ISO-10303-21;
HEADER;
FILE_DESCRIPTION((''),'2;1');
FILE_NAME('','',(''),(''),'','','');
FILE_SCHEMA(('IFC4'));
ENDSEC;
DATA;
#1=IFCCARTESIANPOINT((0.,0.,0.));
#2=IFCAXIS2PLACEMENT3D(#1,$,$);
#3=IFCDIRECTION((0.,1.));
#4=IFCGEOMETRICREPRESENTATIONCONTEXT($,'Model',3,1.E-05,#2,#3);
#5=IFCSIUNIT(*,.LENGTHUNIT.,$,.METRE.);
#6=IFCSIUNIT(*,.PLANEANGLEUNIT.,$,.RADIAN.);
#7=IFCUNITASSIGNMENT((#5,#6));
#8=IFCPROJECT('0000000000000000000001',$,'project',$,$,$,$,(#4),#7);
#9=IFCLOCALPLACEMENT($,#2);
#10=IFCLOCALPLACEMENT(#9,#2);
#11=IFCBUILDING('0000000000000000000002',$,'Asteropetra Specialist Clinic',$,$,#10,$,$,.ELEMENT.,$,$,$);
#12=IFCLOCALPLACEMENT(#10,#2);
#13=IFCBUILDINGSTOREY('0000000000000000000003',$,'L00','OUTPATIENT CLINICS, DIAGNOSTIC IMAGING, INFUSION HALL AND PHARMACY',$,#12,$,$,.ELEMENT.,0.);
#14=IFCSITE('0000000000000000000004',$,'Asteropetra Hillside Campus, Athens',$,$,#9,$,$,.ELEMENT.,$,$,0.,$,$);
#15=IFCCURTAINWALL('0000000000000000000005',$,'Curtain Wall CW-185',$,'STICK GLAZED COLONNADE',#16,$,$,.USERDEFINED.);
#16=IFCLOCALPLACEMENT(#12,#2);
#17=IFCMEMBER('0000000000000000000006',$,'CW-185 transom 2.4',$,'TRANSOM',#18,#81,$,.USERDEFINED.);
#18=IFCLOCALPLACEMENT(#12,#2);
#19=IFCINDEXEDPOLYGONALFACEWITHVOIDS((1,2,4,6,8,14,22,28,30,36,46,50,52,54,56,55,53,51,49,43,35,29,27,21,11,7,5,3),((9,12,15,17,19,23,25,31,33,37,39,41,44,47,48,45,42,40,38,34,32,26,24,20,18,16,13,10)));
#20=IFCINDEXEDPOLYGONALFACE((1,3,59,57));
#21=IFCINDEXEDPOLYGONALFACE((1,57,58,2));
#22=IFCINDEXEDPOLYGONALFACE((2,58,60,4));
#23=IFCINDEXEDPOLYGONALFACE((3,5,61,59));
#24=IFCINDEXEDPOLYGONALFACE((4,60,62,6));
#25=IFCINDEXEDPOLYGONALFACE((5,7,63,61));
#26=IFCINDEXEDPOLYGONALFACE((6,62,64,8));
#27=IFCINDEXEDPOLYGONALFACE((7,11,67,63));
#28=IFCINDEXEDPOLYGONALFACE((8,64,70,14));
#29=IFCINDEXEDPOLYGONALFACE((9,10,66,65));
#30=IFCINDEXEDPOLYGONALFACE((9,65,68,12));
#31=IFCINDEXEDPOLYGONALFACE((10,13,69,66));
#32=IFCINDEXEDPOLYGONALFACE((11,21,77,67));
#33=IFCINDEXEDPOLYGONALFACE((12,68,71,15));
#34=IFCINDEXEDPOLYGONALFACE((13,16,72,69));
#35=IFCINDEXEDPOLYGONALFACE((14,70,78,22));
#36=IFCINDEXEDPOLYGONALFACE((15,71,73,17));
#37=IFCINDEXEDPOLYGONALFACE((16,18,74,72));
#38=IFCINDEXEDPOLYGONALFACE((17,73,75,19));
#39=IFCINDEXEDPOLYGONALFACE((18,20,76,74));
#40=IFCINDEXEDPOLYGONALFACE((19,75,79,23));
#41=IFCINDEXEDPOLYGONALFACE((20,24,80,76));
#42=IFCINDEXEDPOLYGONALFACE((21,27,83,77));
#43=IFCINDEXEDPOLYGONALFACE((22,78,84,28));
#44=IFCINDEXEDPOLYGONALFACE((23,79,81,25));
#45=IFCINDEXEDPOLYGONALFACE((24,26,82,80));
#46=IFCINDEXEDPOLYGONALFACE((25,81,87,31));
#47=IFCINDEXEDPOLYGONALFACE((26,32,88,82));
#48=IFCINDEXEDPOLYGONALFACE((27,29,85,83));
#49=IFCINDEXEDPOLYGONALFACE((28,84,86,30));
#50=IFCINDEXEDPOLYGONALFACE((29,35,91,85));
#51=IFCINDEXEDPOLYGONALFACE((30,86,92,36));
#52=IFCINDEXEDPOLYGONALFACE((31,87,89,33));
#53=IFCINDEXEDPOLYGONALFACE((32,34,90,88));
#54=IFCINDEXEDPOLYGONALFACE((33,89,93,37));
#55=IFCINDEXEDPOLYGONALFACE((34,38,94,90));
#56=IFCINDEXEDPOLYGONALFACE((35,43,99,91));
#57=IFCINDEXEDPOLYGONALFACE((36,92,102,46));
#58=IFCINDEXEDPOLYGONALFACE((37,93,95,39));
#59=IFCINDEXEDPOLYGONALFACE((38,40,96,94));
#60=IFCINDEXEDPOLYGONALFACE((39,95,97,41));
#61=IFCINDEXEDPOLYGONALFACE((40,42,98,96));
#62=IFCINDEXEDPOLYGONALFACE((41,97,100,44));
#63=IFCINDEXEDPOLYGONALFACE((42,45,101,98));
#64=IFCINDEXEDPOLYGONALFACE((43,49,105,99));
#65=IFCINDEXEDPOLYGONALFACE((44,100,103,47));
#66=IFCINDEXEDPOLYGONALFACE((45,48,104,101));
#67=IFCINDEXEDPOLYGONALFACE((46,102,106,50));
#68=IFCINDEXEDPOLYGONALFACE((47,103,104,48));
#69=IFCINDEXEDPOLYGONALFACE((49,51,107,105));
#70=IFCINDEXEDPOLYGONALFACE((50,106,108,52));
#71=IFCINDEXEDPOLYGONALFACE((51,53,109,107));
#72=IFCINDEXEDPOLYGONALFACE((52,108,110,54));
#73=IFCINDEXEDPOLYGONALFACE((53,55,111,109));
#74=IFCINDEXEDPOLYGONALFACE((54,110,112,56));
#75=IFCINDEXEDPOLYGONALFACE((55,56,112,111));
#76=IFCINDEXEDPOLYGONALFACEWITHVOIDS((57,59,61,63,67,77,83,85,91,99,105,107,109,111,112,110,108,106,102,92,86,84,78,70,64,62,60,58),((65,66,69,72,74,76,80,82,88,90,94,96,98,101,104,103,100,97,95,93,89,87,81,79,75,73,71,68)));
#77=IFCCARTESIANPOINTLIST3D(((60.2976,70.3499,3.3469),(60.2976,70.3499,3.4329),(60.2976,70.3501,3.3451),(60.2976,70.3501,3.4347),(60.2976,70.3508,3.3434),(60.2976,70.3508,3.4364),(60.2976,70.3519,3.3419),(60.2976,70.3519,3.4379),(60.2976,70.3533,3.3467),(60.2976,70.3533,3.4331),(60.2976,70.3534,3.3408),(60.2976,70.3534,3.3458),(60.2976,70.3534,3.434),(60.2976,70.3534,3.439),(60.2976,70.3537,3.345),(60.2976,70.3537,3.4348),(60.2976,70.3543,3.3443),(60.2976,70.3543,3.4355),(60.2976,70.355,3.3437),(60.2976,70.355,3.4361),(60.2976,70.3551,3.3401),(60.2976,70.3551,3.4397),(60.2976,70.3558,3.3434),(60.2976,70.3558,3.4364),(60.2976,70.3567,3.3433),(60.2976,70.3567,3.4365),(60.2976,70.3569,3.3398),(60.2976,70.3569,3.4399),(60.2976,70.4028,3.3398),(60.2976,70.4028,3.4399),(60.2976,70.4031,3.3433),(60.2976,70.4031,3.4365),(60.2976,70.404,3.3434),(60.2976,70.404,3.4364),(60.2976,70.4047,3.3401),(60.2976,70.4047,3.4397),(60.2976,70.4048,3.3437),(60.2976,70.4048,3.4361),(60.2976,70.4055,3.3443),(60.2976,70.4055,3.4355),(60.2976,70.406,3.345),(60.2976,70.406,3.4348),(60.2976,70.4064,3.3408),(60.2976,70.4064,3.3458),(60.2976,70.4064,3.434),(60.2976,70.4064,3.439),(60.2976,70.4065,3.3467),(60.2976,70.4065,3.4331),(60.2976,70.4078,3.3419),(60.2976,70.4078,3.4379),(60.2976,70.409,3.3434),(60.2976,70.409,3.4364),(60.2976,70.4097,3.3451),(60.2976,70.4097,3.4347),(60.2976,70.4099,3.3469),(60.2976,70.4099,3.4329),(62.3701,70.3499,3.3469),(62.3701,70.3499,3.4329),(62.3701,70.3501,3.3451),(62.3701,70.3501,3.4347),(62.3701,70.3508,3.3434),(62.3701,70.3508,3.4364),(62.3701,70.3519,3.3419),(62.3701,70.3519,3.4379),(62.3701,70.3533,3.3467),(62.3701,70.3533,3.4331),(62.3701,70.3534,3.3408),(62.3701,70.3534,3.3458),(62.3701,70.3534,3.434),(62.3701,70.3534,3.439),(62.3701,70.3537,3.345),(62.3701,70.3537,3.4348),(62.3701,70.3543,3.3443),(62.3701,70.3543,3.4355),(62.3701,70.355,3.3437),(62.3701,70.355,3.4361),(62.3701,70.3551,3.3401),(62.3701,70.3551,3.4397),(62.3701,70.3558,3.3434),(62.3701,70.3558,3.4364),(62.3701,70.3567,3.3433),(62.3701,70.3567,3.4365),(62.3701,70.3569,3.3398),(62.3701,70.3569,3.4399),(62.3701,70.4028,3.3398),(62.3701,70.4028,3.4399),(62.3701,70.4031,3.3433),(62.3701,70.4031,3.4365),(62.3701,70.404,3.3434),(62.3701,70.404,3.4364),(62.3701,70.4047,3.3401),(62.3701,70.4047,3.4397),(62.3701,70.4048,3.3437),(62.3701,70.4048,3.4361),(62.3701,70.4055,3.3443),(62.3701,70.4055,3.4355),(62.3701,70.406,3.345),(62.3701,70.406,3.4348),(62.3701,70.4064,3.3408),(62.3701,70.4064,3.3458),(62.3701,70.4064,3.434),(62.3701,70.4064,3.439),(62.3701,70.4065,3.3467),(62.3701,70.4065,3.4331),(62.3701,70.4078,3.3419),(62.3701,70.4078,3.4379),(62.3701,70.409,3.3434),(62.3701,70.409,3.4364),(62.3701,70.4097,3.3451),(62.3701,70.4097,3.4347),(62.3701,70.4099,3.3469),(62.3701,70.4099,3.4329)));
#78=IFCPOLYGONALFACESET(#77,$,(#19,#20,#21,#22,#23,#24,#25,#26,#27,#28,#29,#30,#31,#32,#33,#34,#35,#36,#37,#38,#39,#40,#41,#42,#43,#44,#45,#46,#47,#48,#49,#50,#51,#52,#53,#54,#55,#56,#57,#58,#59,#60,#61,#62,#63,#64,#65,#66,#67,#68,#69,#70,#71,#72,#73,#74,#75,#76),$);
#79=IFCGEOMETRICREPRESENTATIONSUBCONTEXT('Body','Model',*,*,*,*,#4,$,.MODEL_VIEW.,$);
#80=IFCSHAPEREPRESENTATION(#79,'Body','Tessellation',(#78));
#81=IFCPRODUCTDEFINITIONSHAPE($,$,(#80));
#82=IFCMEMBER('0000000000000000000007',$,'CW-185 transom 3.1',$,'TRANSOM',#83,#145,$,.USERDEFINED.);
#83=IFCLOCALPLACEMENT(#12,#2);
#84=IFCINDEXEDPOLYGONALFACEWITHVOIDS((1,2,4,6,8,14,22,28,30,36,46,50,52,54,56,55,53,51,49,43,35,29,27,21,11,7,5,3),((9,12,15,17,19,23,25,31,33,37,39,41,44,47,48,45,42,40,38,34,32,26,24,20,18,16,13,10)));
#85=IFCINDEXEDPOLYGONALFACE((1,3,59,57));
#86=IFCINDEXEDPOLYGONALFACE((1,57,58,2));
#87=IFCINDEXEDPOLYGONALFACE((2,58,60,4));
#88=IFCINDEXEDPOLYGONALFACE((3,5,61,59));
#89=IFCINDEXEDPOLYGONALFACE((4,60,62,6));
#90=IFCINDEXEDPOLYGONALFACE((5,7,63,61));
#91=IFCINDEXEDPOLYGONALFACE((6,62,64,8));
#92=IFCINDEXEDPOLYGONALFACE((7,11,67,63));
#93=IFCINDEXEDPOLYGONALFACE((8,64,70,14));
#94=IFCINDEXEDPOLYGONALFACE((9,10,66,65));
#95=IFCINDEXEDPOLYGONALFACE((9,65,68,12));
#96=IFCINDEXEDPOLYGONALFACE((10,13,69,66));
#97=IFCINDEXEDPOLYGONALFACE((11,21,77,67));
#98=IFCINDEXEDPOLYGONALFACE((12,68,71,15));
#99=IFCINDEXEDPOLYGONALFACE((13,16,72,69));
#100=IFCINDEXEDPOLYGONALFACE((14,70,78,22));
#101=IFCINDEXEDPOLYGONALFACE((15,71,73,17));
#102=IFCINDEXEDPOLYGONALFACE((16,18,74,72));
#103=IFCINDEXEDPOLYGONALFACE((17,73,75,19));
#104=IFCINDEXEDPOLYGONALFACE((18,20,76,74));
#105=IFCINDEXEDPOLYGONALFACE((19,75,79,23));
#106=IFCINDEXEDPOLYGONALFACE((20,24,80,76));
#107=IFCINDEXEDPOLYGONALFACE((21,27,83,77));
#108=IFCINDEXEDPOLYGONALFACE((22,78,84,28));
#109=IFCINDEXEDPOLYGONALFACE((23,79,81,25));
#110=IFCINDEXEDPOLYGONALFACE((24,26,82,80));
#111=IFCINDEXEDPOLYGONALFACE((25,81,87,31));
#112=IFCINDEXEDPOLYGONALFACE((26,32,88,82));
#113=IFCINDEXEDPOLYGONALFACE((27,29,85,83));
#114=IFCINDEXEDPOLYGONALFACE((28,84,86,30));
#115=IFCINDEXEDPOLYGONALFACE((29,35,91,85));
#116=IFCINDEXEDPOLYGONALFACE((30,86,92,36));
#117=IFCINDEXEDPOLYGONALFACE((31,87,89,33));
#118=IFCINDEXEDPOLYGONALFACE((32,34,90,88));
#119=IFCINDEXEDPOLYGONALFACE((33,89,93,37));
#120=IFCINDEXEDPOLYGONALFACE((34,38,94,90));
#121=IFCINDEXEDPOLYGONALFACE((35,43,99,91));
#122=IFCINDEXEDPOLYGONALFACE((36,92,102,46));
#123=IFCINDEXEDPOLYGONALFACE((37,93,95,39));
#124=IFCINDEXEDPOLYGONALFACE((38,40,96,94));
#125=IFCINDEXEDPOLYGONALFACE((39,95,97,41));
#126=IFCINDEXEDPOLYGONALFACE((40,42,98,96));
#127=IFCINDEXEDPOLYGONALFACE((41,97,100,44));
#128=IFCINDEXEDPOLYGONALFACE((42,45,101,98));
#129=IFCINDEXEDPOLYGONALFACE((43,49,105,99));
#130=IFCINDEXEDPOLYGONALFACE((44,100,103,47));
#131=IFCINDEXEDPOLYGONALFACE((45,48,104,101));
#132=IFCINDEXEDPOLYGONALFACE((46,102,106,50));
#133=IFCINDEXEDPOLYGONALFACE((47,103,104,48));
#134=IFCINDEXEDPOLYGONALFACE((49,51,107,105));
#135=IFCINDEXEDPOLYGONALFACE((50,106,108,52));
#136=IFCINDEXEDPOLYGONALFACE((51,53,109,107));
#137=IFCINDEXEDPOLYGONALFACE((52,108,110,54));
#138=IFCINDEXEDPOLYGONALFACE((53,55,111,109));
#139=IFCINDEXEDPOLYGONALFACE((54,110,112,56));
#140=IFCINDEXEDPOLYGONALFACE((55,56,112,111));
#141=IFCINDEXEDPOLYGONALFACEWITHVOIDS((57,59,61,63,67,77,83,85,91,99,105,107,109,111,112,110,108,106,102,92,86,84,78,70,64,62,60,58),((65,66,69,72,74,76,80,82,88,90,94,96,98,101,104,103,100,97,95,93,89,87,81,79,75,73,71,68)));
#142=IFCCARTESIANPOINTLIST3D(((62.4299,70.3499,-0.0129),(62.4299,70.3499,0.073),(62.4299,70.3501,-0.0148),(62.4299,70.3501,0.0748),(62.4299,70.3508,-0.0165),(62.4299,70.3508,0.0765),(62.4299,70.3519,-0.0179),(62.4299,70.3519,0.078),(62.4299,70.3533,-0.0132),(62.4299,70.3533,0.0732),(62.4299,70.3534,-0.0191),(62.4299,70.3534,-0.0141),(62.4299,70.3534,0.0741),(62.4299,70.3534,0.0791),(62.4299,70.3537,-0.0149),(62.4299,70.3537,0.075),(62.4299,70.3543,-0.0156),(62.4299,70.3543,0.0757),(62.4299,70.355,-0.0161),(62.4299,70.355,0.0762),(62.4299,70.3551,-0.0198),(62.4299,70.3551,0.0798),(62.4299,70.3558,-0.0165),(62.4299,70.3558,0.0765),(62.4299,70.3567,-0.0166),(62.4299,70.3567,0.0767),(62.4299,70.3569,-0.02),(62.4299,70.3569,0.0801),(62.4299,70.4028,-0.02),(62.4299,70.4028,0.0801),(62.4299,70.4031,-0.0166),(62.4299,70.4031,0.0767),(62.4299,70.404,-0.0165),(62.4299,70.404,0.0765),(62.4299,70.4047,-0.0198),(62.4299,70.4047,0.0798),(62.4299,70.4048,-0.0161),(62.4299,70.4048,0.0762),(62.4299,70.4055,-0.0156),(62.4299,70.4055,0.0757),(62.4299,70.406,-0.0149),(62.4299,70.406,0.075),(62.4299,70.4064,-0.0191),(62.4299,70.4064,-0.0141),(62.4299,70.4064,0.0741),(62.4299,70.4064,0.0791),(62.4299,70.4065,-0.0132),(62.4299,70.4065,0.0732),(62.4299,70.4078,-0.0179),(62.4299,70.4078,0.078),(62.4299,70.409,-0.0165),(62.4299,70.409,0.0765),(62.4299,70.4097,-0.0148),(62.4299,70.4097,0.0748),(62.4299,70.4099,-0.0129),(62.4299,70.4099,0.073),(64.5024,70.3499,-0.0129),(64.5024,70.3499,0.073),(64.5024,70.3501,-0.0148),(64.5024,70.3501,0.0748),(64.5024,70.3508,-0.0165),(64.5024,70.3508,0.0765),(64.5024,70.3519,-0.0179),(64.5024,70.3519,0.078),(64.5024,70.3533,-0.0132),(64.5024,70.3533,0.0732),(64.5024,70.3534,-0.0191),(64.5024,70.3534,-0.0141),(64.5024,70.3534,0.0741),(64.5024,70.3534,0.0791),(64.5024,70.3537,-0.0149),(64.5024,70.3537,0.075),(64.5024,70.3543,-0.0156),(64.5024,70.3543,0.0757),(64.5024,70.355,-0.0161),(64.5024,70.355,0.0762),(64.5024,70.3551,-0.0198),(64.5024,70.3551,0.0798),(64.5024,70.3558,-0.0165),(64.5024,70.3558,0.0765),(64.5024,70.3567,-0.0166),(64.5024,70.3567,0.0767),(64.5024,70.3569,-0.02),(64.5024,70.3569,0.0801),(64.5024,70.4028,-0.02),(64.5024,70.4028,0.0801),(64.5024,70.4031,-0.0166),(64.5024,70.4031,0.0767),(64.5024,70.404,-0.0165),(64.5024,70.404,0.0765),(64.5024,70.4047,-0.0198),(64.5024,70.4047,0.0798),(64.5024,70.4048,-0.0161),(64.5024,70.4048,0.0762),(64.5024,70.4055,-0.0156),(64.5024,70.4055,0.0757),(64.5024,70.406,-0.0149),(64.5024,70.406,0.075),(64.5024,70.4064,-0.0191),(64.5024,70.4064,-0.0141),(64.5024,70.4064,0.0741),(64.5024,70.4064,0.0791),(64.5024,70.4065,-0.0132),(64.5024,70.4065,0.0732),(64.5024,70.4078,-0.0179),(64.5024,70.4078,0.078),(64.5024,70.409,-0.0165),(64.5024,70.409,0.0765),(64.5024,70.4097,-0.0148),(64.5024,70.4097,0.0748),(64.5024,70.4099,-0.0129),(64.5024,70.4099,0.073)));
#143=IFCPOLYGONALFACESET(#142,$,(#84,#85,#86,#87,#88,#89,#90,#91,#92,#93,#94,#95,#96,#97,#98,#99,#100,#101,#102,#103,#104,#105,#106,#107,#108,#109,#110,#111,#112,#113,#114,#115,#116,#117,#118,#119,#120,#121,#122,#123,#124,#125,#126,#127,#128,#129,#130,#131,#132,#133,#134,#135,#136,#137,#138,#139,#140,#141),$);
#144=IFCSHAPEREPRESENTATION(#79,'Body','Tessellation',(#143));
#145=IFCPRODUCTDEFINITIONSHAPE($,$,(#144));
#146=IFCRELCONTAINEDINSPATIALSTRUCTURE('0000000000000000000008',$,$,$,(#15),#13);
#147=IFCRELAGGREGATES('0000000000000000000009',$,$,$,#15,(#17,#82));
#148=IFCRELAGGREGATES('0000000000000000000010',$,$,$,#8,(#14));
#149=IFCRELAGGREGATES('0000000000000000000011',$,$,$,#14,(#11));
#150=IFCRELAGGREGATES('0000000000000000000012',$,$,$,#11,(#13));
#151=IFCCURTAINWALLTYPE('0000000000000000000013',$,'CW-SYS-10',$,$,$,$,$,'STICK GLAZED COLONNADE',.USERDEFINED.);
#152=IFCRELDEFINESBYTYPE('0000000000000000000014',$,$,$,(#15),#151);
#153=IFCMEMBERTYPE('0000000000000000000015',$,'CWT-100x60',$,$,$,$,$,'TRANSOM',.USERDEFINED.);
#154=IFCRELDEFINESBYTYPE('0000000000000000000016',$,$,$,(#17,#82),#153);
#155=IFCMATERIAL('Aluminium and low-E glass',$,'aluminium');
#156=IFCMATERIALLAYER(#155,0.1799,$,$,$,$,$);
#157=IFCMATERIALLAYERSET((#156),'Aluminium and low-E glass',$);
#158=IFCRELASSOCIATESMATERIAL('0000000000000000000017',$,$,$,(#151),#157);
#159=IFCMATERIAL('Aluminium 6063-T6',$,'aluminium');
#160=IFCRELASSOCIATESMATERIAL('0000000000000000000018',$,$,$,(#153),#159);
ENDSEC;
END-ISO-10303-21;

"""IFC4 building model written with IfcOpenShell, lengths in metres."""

from ifc_helpers import new_model, si_unit, direction, frame, origin, origin_2d, place, context, subcontext, project, spatial, hollow_rectangle, extrude, material, layer, layer_set, material_profile, profile_set, type_object, element, aggregate, save


model = new_model("IFC4")

# Units and contexts
model_context = context("Model", 3, precision=1e-05, world=origin(), true_north=direction((0.0, 1.0)))
body_context = subcontext(model_context, "Body", "Model", "MODEL_VIEW")
ifc_project = project(units=[si_unit("LENGTHUNIT", "METRE"), si_unit("PLANEANGLEUNIT", "RADIAN")], contexts=[model_context])

# Site, building, storey
site_placement = place(None, origin())
site = spatial("IfcSite", under=ifc_project, at=site_placement, Name="Asteropetra Hillside Campus, Athens", CompositionType="ELEMENT", RefElevation=0.0)
building_placement = place(site_placement, origin())
building = spatial("IfcBuilding", under=site, at=building_placement, Name="Asteropetra Specialist Clinic", CompositionType="ELEMENT")
storey_placement = place(building_placement, origin())
storey = spatial("IfcBuildingStorey", under=building, at=storey_placement, Name="L00", Description="OUTPATIENT CLINICS, DIAGNOSTIC IMAGING, INFUSION HALL AND PHARMACY", CompositionType="ELEMENT", Elevation=0.0)

# Curtain wall, members
ifc_material_1 = material(Name="Aluminium and low-E glass", Category="aluminium")
ifc_layer_1 = layer(ifc_material_1, 0.1799)
ifc_layer_set_1 = layer_set([ifc_layer_1], Name="Aluminium and low-E glass")
curtain_wall_type = type_object("IfcCurtainWallType", Name="CW-SYS-10", ElementType="STICK GLAZED COLONNADE", PredefinedType="USERDEFINED", material=ifc_layer_set_1)
curtain_wall_placement = place(storey_placement, origin())
curtain_wall = element("IfcCurtainWall", 1, at=curtain_wall_placement, inside=storey, type_object=curtain_wall_type, Name="Curtain Wall CW-185", ObjectType="STICK GLAZED COLONNADE", PredefinedType="USERDEFINED")
ifc_material_2 = material(Name="Aluminium 6063-T6", Category="aluminium")
ifc_material_profile_1 = material_profile(ifc_material_2, hollow_rectangle(XDim=0.0601, YDim=0.1001, WallThickness=0.0034, InnerFilletRadius=0.0034, OuterFilletRadius=0.0071, at=origin_2d()), Name="TRN 100x60x3.5")
ifc_profile_set_1 = profile_set([ifc_material_profile_1], Name="Aluminium 6063-T6")
member_type_1 = type_object("IfcMemberType", Name="CWT-100x60", ElementType="TRANSOM", PredefinedType="USERDEFINED", material=ifc_profile_set_1)
member_1_placement = place(storey_placement, frame((60.2976, 70.3799, 3.3899), z_axis=(1.0, 0.0, 0.0), x_axis=(0.0, 1.0, 0.0)))
member_1 = element("IfcMember", 2, at=member_1_placement, type_object=member_type_1, Name="CW-185 transom 2.4", ObjectType="TRANSOM", PredefinedType="USERDEFINED", context=body_context, shape_type="SweptSolid", body=[
    extrude(hollow_rectangle(XDim=0.0601, YDim=0.1001, WallThickness=0.0034, InnerFilletRadius=0.0034, OuterFilletRadius=0.0071, at=origin_2d()), origin(), (0.0, 0.0, 1.0), 2.0725),
])
member_2_placement = place(storey_placement, frame((62.4299, 70.3799, 0.03), z_axis=(1.0, 0.0, 0.0), x_axis=(0.0, 1.0, 0.0)))
member_2 = element("IfcMember", 3, at=member_2_placement, type_object=member_type_1, Name="CW-185 transom 3.1", ObjectType="TRANSOM", PredefinedType="USERDEFINED", context=body_context, shape_type="SweptSolid", body=[
    extrude(hollow_rectangle(XDim=0.0601, YDim=0.1001, WallThickness=0.0034, InnerFilletRadius=0.0034, OuterFilletRadius=0.0071, at=origin_2d()), origin(), (0.0, 0.0, 1.0), 2.0725),
])
aggregate(curtain_wall, [member_1, member_2])

save(model, "model.ifc")
